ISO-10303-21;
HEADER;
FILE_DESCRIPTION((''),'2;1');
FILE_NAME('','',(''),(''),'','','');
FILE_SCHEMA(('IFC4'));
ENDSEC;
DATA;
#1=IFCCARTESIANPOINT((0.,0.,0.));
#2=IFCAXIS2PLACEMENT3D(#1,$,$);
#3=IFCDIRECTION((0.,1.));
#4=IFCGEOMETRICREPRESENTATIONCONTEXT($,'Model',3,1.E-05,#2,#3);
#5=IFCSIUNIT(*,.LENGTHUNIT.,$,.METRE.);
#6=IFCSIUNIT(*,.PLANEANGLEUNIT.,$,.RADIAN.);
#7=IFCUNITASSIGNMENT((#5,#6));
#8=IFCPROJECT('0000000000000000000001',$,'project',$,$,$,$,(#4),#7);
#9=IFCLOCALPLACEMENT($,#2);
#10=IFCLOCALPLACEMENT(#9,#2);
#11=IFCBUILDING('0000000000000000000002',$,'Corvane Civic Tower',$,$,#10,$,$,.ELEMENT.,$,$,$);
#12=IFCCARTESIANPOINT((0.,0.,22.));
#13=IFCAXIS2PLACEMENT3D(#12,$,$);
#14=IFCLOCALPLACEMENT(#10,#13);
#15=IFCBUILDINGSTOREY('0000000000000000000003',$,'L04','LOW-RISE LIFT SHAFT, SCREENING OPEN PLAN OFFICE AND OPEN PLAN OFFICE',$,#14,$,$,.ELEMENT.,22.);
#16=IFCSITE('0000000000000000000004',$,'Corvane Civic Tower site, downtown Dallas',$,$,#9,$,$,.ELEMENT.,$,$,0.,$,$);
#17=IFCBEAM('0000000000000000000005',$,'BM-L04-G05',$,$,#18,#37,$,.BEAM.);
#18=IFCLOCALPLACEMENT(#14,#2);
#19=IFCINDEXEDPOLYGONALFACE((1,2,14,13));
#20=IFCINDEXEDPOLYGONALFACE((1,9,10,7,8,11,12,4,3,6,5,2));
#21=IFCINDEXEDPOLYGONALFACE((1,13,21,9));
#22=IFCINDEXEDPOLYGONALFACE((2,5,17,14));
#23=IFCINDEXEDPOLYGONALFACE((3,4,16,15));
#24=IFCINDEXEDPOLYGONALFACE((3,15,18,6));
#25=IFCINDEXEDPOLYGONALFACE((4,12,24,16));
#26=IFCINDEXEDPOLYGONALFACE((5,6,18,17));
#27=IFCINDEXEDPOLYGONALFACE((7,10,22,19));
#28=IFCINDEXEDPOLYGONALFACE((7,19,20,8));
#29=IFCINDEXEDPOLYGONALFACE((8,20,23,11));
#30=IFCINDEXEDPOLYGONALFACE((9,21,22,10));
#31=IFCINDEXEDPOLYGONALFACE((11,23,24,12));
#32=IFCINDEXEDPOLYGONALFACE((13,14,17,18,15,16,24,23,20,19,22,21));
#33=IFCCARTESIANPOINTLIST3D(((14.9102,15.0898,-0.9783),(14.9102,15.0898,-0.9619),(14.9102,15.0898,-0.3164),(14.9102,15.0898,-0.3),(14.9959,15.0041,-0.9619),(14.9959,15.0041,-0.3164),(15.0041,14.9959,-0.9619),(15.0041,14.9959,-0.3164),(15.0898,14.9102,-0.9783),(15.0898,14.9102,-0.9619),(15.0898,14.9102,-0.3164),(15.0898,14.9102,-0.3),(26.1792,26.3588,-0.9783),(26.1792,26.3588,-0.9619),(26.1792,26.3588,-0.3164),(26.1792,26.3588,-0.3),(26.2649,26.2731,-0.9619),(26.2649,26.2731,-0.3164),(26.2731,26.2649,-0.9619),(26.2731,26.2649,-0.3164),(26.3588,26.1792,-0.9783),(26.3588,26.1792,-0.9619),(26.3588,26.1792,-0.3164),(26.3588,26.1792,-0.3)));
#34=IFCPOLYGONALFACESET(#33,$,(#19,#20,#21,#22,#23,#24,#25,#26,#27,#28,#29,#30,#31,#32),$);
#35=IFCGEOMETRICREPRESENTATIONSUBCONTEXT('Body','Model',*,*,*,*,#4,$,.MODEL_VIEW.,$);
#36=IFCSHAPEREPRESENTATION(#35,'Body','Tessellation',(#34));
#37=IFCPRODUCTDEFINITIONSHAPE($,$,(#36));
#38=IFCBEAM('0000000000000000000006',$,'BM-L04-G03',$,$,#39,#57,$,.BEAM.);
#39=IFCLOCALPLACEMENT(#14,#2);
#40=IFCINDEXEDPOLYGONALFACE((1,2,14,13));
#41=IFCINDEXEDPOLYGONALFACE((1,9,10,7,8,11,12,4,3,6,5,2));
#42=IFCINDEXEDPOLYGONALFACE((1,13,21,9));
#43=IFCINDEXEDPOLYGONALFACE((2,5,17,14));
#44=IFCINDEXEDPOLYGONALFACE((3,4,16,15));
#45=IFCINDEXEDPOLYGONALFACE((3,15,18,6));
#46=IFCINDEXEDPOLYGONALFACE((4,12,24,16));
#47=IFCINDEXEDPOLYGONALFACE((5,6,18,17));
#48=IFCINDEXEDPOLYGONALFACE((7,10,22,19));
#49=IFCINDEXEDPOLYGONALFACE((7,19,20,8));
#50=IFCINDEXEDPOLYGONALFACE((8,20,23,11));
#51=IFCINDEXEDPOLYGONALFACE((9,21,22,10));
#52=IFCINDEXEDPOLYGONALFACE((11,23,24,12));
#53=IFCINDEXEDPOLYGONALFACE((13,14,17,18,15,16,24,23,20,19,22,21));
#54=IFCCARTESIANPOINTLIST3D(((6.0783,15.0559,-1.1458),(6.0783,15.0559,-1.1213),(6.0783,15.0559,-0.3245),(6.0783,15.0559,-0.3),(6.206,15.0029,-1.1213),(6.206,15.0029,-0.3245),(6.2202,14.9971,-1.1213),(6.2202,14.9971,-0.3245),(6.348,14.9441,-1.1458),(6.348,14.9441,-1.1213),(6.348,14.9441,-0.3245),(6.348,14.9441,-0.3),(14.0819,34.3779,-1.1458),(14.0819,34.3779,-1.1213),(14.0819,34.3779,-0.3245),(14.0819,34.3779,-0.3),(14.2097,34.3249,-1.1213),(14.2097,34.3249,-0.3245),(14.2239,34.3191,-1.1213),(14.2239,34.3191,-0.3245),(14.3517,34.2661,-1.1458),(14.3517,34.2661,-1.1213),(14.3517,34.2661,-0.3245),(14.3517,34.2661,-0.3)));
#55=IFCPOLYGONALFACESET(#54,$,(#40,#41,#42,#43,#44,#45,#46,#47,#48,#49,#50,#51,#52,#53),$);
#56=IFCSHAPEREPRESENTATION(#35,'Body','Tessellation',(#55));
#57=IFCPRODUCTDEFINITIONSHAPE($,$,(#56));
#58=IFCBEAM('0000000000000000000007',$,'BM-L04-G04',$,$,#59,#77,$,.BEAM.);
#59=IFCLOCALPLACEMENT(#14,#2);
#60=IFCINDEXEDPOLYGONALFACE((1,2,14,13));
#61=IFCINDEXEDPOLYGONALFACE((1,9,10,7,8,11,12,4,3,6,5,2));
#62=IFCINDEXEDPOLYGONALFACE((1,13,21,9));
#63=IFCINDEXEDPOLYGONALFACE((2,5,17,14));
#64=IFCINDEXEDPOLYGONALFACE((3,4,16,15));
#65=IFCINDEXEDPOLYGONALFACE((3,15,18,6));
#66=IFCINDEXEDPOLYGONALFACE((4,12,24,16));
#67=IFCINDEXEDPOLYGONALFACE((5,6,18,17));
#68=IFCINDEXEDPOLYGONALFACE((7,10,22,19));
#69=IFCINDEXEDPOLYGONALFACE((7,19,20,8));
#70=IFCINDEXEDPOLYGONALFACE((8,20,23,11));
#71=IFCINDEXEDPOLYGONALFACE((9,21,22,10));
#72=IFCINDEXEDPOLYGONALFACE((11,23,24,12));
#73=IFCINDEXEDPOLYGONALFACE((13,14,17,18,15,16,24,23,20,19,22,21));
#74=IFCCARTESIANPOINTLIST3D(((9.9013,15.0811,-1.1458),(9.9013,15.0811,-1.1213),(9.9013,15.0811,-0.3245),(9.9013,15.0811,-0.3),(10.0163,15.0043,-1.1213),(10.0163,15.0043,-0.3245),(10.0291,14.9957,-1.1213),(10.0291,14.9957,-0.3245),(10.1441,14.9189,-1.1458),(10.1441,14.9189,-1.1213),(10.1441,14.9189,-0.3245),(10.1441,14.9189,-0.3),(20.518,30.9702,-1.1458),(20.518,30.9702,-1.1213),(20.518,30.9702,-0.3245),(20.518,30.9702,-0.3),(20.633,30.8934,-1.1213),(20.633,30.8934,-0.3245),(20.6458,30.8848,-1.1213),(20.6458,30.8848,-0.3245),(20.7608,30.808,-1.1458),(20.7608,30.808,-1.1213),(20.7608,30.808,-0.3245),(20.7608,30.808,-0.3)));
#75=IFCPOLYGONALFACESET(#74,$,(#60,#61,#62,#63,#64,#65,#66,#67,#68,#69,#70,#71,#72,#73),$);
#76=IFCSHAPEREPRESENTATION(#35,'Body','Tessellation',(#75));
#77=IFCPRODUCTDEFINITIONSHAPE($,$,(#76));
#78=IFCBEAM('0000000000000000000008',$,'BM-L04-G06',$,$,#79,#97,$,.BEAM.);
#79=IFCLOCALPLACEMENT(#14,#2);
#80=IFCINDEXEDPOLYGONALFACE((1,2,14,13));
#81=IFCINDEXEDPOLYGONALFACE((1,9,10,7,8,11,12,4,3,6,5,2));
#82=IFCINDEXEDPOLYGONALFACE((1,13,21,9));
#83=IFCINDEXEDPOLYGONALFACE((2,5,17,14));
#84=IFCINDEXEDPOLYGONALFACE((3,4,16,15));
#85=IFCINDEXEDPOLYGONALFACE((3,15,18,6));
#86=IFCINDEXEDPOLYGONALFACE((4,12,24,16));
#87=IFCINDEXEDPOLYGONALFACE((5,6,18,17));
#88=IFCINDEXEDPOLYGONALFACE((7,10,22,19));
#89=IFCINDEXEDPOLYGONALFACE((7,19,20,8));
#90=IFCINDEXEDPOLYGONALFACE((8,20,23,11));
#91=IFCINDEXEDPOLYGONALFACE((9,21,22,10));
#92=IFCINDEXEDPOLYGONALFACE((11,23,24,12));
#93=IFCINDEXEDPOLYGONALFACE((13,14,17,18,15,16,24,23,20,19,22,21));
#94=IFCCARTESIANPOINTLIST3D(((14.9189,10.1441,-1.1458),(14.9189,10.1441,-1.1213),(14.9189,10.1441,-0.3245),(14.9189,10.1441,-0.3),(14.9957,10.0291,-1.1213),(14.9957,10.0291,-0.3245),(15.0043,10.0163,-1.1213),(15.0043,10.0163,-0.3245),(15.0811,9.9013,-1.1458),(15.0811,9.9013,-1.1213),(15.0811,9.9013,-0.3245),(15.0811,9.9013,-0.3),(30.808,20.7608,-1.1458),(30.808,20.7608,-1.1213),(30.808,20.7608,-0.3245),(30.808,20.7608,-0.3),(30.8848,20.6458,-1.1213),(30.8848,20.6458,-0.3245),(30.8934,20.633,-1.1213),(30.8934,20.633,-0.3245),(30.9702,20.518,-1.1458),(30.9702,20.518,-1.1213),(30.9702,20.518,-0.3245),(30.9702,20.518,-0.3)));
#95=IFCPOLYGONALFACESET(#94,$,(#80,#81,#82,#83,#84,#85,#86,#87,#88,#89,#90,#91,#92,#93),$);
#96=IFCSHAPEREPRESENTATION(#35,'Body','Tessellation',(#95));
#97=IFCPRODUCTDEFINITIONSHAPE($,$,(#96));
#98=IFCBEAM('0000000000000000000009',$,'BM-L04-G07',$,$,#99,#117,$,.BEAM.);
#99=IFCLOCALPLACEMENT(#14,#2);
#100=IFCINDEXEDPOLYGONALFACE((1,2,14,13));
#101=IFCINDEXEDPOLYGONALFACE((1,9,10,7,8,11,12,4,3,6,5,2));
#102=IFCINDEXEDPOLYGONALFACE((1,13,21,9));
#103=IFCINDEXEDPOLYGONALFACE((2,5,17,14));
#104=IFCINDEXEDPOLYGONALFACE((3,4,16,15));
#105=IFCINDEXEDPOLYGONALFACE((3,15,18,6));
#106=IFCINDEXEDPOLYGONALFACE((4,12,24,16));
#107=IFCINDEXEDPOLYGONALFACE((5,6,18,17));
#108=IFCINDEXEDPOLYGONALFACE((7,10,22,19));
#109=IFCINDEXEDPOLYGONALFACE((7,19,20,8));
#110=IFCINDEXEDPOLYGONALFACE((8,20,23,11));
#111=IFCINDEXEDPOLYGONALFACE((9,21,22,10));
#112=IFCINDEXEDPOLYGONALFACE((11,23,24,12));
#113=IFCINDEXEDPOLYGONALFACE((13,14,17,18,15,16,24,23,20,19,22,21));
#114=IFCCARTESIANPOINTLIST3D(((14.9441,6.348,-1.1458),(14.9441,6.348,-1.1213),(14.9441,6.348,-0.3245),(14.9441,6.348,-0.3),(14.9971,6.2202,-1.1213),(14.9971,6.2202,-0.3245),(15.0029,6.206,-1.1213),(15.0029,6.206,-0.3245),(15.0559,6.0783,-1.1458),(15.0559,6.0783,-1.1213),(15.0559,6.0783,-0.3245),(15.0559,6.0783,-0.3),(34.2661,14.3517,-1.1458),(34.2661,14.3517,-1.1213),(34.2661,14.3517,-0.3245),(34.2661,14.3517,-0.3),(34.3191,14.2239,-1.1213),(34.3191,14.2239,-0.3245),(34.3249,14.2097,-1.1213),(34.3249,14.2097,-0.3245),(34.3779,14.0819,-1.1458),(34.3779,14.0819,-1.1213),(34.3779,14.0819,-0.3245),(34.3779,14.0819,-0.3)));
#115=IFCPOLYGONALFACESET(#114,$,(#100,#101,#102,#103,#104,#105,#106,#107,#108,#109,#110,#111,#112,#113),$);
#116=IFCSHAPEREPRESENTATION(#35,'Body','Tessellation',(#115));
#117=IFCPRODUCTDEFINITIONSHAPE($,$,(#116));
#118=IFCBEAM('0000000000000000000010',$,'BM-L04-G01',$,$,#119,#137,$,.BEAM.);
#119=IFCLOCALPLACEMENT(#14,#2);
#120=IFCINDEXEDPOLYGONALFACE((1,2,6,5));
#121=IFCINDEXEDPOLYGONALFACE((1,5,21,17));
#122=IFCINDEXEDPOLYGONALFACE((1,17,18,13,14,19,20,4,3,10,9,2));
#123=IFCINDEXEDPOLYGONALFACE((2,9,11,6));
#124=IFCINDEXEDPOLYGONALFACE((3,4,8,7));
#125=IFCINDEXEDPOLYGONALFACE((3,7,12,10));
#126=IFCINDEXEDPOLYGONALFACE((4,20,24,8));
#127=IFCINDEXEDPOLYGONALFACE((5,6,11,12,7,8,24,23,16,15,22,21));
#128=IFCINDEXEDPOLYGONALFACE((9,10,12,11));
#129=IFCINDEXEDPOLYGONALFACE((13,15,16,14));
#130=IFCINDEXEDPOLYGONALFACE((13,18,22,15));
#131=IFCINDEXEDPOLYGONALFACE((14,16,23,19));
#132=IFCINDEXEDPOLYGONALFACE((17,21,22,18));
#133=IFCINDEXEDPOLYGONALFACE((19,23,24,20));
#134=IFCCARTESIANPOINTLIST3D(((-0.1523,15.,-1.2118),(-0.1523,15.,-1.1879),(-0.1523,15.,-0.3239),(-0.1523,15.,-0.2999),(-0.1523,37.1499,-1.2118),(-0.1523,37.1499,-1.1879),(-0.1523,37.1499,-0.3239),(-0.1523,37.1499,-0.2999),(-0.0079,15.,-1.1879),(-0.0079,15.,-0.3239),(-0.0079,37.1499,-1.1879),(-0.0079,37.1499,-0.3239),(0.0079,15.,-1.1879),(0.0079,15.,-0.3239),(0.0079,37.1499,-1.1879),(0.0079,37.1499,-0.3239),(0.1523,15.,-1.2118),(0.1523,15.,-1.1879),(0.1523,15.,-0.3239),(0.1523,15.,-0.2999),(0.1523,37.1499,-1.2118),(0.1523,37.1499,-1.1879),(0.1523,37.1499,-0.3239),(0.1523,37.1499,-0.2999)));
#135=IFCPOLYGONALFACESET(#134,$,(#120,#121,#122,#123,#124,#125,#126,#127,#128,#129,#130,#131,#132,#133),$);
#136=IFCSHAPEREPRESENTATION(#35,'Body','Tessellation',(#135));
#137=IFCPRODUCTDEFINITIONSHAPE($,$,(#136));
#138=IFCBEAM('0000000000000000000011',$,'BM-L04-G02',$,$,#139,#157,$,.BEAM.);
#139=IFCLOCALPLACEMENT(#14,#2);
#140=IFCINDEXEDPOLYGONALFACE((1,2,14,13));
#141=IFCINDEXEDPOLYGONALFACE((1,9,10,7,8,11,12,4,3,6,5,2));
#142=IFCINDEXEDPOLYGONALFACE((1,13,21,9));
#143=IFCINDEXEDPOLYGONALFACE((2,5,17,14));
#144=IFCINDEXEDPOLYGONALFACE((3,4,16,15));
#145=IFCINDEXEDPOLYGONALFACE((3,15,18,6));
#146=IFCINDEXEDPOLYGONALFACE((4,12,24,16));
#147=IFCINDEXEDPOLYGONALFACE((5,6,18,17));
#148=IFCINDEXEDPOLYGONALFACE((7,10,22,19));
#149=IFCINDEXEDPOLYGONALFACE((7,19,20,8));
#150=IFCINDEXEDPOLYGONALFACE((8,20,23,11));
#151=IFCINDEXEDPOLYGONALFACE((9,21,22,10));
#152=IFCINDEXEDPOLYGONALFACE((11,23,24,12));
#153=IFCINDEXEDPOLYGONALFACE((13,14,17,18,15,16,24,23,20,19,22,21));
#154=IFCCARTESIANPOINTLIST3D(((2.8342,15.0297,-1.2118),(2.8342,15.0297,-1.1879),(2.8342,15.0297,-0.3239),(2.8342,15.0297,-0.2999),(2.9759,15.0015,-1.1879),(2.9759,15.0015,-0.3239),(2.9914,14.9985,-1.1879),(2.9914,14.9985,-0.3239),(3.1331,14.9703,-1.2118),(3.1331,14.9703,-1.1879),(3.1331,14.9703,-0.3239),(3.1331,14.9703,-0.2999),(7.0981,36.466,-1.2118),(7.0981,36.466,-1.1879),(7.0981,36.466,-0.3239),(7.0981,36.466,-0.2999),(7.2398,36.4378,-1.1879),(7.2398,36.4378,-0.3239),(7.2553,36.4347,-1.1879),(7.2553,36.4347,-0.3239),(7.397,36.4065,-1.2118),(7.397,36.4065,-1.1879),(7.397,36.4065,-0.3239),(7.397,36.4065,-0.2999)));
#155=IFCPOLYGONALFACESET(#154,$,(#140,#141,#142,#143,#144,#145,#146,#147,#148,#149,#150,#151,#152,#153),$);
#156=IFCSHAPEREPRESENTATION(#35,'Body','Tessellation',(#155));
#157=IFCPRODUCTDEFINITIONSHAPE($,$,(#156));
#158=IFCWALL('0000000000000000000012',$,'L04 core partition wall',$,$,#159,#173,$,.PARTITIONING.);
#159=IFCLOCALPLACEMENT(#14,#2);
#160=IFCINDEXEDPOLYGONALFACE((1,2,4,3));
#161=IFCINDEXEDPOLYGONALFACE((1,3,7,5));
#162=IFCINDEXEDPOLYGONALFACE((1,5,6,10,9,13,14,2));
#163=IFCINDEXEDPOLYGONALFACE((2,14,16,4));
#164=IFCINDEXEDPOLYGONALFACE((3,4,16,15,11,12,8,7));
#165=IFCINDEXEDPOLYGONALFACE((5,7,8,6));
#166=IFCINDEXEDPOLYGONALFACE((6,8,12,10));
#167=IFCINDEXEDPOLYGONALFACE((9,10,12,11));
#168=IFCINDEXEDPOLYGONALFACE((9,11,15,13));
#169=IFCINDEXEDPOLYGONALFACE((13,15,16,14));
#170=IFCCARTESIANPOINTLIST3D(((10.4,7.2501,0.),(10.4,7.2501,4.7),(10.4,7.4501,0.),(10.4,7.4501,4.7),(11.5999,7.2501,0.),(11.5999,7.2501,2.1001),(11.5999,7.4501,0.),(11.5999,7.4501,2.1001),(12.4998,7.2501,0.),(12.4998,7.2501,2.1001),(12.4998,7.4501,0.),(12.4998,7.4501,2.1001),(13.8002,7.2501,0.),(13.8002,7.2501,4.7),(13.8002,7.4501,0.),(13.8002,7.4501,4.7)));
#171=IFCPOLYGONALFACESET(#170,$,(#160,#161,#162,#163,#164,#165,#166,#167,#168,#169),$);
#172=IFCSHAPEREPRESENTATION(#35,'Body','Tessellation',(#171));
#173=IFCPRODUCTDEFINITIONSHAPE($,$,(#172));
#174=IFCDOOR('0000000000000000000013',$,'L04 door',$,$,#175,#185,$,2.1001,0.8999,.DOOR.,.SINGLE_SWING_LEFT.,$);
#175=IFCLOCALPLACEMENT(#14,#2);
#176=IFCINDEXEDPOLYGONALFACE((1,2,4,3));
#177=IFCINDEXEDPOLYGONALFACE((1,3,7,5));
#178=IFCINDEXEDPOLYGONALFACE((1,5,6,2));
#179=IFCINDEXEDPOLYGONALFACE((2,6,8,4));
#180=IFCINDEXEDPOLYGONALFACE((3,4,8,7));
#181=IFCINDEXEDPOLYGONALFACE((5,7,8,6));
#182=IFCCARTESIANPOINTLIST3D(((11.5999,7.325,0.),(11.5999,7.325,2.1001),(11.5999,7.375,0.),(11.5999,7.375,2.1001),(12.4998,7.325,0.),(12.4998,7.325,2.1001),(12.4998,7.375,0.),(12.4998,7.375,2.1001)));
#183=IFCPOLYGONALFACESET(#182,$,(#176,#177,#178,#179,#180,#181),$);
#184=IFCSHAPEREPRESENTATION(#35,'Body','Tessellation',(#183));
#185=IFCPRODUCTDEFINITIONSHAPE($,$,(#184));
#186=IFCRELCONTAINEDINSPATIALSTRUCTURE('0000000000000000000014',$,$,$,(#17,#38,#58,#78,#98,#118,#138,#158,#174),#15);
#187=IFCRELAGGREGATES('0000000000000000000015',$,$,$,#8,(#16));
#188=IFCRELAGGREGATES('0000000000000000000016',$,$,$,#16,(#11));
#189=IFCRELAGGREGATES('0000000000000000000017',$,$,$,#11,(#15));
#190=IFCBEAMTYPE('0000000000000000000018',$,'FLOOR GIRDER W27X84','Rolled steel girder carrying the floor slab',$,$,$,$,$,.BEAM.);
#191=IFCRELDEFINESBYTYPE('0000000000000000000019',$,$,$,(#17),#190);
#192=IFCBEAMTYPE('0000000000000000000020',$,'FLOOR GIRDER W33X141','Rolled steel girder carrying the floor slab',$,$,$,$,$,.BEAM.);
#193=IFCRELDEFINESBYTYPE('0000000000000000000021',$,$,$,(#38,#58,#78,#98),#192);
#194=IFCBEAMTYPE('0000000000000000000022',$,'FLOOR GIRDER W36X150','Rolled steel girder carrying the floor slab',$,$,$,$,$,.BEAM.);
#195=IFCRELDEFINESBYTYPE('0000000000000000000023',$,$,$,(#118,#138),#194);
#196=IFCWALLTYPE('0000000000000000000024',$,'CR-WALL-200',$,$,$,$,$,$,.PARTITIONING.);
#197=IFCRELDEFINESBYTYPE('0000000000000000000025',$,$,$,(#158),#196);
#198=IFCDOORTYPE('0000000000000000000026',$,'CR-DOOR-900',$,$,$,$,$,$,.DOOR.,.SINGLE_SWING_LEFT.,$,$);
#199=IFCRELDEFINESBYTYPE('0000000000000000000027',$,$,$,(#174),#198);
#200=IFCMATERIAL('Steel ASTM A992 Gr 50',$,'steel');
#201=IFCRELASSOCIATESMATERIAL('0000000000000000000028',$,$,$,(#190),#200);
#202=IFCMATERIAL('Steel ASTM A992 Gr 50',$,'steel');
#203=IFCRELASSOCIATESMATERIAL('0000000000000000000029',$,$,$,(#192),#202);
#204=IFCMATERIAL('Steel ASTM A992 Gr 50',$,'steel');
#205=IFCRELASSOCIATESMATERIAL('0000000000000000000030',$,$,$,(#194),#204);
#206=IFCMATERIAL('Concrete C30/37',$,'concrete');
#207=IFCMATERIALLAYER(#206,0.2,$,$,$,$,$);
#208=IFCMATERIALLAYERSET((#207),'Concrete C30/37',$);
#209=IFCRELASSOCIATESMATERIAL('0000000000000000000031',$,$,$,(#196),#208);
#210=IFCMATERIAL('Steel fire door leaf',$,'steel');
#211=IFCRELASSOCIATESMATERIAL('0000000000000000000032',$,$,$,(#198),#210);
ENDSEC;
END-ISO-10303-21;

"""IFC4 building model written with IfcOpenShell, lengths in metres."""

from ifc_helpers import new_model, si_unit, direction, frame, frame_2d, origin, origin_2d, place, context, subcontext, project, spatial, rectangle, i_section, extrude, material, layer, layer_set, material_profile, profile_set, type_object, element, fill, save


model = new_model("IFC4")

# Units and contexts
model_context = context("Model", 3, precision=1e-05, world=origin(), true_north=direction((0.0, 1.0)))
body_context = subcontext(model_context, "Body", "Model", "MODEL_VIEW")
ifc_project = project(units=[si_unit("LENGTHUNIT", "METRE"), si_unit("PLANEANGLEUNIT", "RADIAN")], contexts=[model_context])

# Site, building, storey
site_placement = place(None, origin())
site = spatial("IfcSite", under=ifc_project, at=site_placement, Name="Corvane Civic Tower site, downtown Dallas", CompositionType="ELEMENT", RefElevation=0.0)
building_placement = place(site_placement, origin())
building = spatial("IfcBuilding", under=site, at=building_placement, Name="Corvane Civic Tower", CompositionType="ELEMENT")
storey_placement = place(building_placement, frame((0.0, 0.0, 22.0)))
storey = spatial("IfcBuildingStorey", under=building, at=storey_placement, Name="L04", Description="LOW-RISE LIFT SHAFT, SCREENING OPEN PLAN OFFICE AND OPEN PLAN OFFICE", CompositionType="ELEMENT", Elevation=22.0)

# Beams
ifc_material_1 = material(Name="Steel ASTM A992 Gr 50", Category="steel")
ifc_material_profile_1 = material_profile(ifc_material_1, i_section(OverallWidth=0.2539, OverallDepth=0.6782, WebThickness=0.0117, FlangeThickness=0.0164, at=origin_2d()), Name="W27X84")
ifc_profile_set_1 = profile_set([ifc_material_profile_1], Name="Steel ASTM A992 Gr 50")
beam_type_1 = type_object("IfcBeamType", Name="FLOOR GIRDER W27X84", Description="Rolled steel girder carrying the floor slab", PredefinedType="BEAM", material=ifc_profile_set_1)
beam_1_placement = place(storey_placement, frame((15.0, 15.0, -0.6392), z_axis=(0.707107, 0.707107, 0.0), x_axis=(-0.707107, 0.707107, 0.0)))
element("IfcBeam", 1, at=beam_1_placement, inside=storey, type_object=beam_type_1, Name="BM-L04-G05", PredefinedType="BEAM", context=body_context, shape_type="SweptSolid", body=[
    extrude(i_section(OverallWidth=0.2539, OverallDepth=0.6782, WebThickness=0.0117, FlangeThickness=0.0164, at=origin_2d()), origin(), (0.0, 0.0, 1.0), 15.9368),
])
ifc_material_2 = material(Name="Steel ASTM A992 Gr 50", Category="steel")
ifc_material_profile_2 = material_profile(ifc_material_2, i_section(OverallWidth=0.292, OverallDepth=0.8457, WebThickness=0.0154, FlangeThickness=0.0244, at=origin_2d()), Name="W33X141")
ifc_profile_set_2 = profile_set([ifc_material_profile_2], Name="Steel ASTM A992 Gr 50")
beam_type_2 = type_object("IfcBeamType", Name="FLOOR GIRDER W33X141", Description="Rolled steel girder carrying the floor slab", PredefinedType="BEAM", material=ifc_profile_set_2)
beam_2_placement = place(storey_placement, frame((6.2131, 15.0, -0.7229), z_axis=(0.382692, 0.923876, 0.0), x_axis=(-0.923876, 0.382692, 0.0)))
element("IfcBeam", 2, at=beam_2_placement, inside=storey, type_object=beam_type_2, Name="BM-L04-G03", PredefinedType="BEAM", context=body_context, shape_type="SweptSolid", body=[
    extrude(i_section(OverallWidth=0.292, OverallDepth=0.8457, WebThickness=0.0154, FlangeThickness=0.0244, at=origin_2d()), origin(), (0.0, 0.0, 1.0), 20.9141),
])
for number, where, z_axis, x_axis, name in (
    (3, (10.0227, 15.0, -0.7229), (0.555567, 0.831472, 0.0), (-0.831472, 0.555567, 0.0), "BM-L04-G04"),
    (4, (15.0, 10.0227, -0.7229), (0.831472, 0.555567, 0.0), (-0.555567, 0.831472, 0.0), "BM-L04-G06"),
):
    element("IfcBeam", number, at=place(storey_placement, frame(where, z_axis=z_axis, x_axis=x_axis)), inside=storey, type_object=beam_type_2, Name=name, PredefinedType="BEAM", context=body_context, shape_type="SweptSolid", body=[
        extrude(i_section(OverallWidth=0.292, OverallDepth=0.8457, WebThickness=0.0154, FlangeThickness=0.0244, at=origin_2d()), origin(), (0.0, 0.0, 1.0), 19.1096),
    ])
beam_3_placement = place(storey_placement, frame((15.0, 6.2131, -0.7229), z_axis=(0.923876, 0.382692, 0.0), x_axis=(-0.382692, 0.923876, 0.0)))
element("IfcBeam", 5, at=beam_3_placement, inside=storey, type_object=beam_type_2, Name="BM-L04-G07", PredefinedType="BEAM", context=body_context, shape_type="SweptSolid", body=[
    extrude(i_section(OverallWidth=0.292, OverallDepth=0.8457, WebThickness=0.0154, FlangeThickness=0.0244, at=origin_2d()), origin(), (0.0, 0.0, 1.0), 20.9141),
])
ifc_material_3 = material(Name="Steel ASTM A992 Gr 50", Category="steel")
ifc_material_profile_3 = material_profile(ifc_material_3, i_section(OverallWidth=0.3047, OverallDepth=0.9119, WebThickness=0.0159, FlangeThickness=0.0239, at=origin_2d()), Name="W36X150")
ifc_profile_set_3 = profile_set([ifc_material_profile_3], Name="Steel ASTM A992 Gr 50")
beam_type_3 = type_object("IfcBeamType", Name="FLOOR GIRDER W36X150", Description="Rolled steel girder carrying the floor slab", PredefinedType="BEAM", material=ifc_profile_set_3)
beam_4_placement = place(storey_placement, frame((0.0, 15.0, -0.7559), z_axis=(0.0, 1.0, 0.0), x_axis=(-1.0, 0.0, 0.0)))
element("IfcBeam", 6, at=beam_4_placement, inside=storey, type_object=beam_type_3, Name="BM-L04-G01", PredefinedType="BEAM", context=body_context, shape_type="SweptSolid", body=[
    extrude(i_section(OverallWidth=0.3047, OverallDepth=0.9119, WebThickness=0.0159, FlangeThickness=0.0239, at=origin_2d()), origin(), (0.0, 0.0, 1.0), 22.1499),
])
beam_5_placement = place(storey_placement, frame((2.9836, 15.0, -0.7559), z_axis=(0.195089, 0.980785, 0.0), x_axis=(-0.980785, 0.195089, 0.0)))
element("IfcBeam", 7, at=beam_5_placement, inside=storey, type_object=beam_type_3, Name="BM-L04-G02", PredefinedType="BEAM", context=body_context, shape_type="SweptSolid", body=[
    extrude(i_section(OverallWidth=0.3047, OverallDepth=0.9119, WebThickness=0.0159, FlangeThickness=0.0239, at=origin_2d()), origin(), (0.0, 0.0, 1.0), 21.8562),
])

# Wall, opening, door
ifc_material_4 = material(Name="Concrete C30/37", Category="concrete")
ifc_layer_1 = layer(ifc_material_4, 0.2)
ifc_layer_set_1 = layer_set([ifc_layer_1], Name="Concrete C30/37")
wall_type_1 = type_object("IfcWallType", Name="CR-WALL-200", PredefinedType="PARTITIONING", material=ifc_layer_set_1)
wall_1_placement = place(storey_placement, frame((10.3999, 7.3501, 0.0), z_axis=(0.0, 0.0, 1.0), x_axis=(1.0, 0.0, 0.0)))
wall_1 = element("IfcWall", 8, at=wall_1_placement, inside=storey, type_object=wall_type_1, Name="L04 core partition wall", PredefinedType="PARTITIONING", context=body_context, shape_type="SweptSolid", body=[
    extrude(rectangle(XDim=3.4001, YDim=0.2, at=frame_2d((1.7002, 0.0))), origin(), (0.0, 0.0, 1.0), 4.7),
])
opening_1_placement = place(wall_1_placement, frame((1.2, 0.0, 0.0)))
opening_1 = element("IfcOpeningElement", 9, at=opening_1_placement, cuts=wall_1, PredefinedType="OPENING", context=body_context, shape_type="SweptSolid", body=[
    extrude(rectangle(XDim=0.8999, YDim=2.1001, at=frame_2d((0.45, 1.05))), frame((0.0, 0.1099, 0.0), z_axis=(0.0, -1.0, 0.0), x_axis=(1.0, 0.0, 0.0)), (0.0, 0.0, 1.0), 0.22),
])
ifc_material_5 = material(Name="Steel fire door leaf", Category="steel")
door_type_1 = type_object("IfcDoorType", Name="CR-DOOR-900", OperationType="SINGLE_SWING_LEFT", PredefinedType="DOOR", material=ifc_material_5)
door_1_placement = place(opening_1_placement, origin())
door_1 = element("IfcDoor", 10, at=door_1_placement, inside=storey, type_object=door_type_1, Name="L04 door", OperationType="SINGLE_SWING_LEFT", OverallHeight=2.1001, OverallWidth=0.8999, PredefinedType="DOOR", context=body_context, shape_type="SweptSolid", body=[
    extrude(rectangle(XDim=0.8999, YDim=2.1001, at=frame_2d((0.45, 1.05))), frame((0.0, 0.0249, 0.0), z_axis=(0.0, -1.0, 0.0), x_axis=(1.0, 0.0, 0.0)), (0.0, 0.0, 1.0), 0.05),
])
fill(opening_1, door_1)

save(model, "model.ifc")
